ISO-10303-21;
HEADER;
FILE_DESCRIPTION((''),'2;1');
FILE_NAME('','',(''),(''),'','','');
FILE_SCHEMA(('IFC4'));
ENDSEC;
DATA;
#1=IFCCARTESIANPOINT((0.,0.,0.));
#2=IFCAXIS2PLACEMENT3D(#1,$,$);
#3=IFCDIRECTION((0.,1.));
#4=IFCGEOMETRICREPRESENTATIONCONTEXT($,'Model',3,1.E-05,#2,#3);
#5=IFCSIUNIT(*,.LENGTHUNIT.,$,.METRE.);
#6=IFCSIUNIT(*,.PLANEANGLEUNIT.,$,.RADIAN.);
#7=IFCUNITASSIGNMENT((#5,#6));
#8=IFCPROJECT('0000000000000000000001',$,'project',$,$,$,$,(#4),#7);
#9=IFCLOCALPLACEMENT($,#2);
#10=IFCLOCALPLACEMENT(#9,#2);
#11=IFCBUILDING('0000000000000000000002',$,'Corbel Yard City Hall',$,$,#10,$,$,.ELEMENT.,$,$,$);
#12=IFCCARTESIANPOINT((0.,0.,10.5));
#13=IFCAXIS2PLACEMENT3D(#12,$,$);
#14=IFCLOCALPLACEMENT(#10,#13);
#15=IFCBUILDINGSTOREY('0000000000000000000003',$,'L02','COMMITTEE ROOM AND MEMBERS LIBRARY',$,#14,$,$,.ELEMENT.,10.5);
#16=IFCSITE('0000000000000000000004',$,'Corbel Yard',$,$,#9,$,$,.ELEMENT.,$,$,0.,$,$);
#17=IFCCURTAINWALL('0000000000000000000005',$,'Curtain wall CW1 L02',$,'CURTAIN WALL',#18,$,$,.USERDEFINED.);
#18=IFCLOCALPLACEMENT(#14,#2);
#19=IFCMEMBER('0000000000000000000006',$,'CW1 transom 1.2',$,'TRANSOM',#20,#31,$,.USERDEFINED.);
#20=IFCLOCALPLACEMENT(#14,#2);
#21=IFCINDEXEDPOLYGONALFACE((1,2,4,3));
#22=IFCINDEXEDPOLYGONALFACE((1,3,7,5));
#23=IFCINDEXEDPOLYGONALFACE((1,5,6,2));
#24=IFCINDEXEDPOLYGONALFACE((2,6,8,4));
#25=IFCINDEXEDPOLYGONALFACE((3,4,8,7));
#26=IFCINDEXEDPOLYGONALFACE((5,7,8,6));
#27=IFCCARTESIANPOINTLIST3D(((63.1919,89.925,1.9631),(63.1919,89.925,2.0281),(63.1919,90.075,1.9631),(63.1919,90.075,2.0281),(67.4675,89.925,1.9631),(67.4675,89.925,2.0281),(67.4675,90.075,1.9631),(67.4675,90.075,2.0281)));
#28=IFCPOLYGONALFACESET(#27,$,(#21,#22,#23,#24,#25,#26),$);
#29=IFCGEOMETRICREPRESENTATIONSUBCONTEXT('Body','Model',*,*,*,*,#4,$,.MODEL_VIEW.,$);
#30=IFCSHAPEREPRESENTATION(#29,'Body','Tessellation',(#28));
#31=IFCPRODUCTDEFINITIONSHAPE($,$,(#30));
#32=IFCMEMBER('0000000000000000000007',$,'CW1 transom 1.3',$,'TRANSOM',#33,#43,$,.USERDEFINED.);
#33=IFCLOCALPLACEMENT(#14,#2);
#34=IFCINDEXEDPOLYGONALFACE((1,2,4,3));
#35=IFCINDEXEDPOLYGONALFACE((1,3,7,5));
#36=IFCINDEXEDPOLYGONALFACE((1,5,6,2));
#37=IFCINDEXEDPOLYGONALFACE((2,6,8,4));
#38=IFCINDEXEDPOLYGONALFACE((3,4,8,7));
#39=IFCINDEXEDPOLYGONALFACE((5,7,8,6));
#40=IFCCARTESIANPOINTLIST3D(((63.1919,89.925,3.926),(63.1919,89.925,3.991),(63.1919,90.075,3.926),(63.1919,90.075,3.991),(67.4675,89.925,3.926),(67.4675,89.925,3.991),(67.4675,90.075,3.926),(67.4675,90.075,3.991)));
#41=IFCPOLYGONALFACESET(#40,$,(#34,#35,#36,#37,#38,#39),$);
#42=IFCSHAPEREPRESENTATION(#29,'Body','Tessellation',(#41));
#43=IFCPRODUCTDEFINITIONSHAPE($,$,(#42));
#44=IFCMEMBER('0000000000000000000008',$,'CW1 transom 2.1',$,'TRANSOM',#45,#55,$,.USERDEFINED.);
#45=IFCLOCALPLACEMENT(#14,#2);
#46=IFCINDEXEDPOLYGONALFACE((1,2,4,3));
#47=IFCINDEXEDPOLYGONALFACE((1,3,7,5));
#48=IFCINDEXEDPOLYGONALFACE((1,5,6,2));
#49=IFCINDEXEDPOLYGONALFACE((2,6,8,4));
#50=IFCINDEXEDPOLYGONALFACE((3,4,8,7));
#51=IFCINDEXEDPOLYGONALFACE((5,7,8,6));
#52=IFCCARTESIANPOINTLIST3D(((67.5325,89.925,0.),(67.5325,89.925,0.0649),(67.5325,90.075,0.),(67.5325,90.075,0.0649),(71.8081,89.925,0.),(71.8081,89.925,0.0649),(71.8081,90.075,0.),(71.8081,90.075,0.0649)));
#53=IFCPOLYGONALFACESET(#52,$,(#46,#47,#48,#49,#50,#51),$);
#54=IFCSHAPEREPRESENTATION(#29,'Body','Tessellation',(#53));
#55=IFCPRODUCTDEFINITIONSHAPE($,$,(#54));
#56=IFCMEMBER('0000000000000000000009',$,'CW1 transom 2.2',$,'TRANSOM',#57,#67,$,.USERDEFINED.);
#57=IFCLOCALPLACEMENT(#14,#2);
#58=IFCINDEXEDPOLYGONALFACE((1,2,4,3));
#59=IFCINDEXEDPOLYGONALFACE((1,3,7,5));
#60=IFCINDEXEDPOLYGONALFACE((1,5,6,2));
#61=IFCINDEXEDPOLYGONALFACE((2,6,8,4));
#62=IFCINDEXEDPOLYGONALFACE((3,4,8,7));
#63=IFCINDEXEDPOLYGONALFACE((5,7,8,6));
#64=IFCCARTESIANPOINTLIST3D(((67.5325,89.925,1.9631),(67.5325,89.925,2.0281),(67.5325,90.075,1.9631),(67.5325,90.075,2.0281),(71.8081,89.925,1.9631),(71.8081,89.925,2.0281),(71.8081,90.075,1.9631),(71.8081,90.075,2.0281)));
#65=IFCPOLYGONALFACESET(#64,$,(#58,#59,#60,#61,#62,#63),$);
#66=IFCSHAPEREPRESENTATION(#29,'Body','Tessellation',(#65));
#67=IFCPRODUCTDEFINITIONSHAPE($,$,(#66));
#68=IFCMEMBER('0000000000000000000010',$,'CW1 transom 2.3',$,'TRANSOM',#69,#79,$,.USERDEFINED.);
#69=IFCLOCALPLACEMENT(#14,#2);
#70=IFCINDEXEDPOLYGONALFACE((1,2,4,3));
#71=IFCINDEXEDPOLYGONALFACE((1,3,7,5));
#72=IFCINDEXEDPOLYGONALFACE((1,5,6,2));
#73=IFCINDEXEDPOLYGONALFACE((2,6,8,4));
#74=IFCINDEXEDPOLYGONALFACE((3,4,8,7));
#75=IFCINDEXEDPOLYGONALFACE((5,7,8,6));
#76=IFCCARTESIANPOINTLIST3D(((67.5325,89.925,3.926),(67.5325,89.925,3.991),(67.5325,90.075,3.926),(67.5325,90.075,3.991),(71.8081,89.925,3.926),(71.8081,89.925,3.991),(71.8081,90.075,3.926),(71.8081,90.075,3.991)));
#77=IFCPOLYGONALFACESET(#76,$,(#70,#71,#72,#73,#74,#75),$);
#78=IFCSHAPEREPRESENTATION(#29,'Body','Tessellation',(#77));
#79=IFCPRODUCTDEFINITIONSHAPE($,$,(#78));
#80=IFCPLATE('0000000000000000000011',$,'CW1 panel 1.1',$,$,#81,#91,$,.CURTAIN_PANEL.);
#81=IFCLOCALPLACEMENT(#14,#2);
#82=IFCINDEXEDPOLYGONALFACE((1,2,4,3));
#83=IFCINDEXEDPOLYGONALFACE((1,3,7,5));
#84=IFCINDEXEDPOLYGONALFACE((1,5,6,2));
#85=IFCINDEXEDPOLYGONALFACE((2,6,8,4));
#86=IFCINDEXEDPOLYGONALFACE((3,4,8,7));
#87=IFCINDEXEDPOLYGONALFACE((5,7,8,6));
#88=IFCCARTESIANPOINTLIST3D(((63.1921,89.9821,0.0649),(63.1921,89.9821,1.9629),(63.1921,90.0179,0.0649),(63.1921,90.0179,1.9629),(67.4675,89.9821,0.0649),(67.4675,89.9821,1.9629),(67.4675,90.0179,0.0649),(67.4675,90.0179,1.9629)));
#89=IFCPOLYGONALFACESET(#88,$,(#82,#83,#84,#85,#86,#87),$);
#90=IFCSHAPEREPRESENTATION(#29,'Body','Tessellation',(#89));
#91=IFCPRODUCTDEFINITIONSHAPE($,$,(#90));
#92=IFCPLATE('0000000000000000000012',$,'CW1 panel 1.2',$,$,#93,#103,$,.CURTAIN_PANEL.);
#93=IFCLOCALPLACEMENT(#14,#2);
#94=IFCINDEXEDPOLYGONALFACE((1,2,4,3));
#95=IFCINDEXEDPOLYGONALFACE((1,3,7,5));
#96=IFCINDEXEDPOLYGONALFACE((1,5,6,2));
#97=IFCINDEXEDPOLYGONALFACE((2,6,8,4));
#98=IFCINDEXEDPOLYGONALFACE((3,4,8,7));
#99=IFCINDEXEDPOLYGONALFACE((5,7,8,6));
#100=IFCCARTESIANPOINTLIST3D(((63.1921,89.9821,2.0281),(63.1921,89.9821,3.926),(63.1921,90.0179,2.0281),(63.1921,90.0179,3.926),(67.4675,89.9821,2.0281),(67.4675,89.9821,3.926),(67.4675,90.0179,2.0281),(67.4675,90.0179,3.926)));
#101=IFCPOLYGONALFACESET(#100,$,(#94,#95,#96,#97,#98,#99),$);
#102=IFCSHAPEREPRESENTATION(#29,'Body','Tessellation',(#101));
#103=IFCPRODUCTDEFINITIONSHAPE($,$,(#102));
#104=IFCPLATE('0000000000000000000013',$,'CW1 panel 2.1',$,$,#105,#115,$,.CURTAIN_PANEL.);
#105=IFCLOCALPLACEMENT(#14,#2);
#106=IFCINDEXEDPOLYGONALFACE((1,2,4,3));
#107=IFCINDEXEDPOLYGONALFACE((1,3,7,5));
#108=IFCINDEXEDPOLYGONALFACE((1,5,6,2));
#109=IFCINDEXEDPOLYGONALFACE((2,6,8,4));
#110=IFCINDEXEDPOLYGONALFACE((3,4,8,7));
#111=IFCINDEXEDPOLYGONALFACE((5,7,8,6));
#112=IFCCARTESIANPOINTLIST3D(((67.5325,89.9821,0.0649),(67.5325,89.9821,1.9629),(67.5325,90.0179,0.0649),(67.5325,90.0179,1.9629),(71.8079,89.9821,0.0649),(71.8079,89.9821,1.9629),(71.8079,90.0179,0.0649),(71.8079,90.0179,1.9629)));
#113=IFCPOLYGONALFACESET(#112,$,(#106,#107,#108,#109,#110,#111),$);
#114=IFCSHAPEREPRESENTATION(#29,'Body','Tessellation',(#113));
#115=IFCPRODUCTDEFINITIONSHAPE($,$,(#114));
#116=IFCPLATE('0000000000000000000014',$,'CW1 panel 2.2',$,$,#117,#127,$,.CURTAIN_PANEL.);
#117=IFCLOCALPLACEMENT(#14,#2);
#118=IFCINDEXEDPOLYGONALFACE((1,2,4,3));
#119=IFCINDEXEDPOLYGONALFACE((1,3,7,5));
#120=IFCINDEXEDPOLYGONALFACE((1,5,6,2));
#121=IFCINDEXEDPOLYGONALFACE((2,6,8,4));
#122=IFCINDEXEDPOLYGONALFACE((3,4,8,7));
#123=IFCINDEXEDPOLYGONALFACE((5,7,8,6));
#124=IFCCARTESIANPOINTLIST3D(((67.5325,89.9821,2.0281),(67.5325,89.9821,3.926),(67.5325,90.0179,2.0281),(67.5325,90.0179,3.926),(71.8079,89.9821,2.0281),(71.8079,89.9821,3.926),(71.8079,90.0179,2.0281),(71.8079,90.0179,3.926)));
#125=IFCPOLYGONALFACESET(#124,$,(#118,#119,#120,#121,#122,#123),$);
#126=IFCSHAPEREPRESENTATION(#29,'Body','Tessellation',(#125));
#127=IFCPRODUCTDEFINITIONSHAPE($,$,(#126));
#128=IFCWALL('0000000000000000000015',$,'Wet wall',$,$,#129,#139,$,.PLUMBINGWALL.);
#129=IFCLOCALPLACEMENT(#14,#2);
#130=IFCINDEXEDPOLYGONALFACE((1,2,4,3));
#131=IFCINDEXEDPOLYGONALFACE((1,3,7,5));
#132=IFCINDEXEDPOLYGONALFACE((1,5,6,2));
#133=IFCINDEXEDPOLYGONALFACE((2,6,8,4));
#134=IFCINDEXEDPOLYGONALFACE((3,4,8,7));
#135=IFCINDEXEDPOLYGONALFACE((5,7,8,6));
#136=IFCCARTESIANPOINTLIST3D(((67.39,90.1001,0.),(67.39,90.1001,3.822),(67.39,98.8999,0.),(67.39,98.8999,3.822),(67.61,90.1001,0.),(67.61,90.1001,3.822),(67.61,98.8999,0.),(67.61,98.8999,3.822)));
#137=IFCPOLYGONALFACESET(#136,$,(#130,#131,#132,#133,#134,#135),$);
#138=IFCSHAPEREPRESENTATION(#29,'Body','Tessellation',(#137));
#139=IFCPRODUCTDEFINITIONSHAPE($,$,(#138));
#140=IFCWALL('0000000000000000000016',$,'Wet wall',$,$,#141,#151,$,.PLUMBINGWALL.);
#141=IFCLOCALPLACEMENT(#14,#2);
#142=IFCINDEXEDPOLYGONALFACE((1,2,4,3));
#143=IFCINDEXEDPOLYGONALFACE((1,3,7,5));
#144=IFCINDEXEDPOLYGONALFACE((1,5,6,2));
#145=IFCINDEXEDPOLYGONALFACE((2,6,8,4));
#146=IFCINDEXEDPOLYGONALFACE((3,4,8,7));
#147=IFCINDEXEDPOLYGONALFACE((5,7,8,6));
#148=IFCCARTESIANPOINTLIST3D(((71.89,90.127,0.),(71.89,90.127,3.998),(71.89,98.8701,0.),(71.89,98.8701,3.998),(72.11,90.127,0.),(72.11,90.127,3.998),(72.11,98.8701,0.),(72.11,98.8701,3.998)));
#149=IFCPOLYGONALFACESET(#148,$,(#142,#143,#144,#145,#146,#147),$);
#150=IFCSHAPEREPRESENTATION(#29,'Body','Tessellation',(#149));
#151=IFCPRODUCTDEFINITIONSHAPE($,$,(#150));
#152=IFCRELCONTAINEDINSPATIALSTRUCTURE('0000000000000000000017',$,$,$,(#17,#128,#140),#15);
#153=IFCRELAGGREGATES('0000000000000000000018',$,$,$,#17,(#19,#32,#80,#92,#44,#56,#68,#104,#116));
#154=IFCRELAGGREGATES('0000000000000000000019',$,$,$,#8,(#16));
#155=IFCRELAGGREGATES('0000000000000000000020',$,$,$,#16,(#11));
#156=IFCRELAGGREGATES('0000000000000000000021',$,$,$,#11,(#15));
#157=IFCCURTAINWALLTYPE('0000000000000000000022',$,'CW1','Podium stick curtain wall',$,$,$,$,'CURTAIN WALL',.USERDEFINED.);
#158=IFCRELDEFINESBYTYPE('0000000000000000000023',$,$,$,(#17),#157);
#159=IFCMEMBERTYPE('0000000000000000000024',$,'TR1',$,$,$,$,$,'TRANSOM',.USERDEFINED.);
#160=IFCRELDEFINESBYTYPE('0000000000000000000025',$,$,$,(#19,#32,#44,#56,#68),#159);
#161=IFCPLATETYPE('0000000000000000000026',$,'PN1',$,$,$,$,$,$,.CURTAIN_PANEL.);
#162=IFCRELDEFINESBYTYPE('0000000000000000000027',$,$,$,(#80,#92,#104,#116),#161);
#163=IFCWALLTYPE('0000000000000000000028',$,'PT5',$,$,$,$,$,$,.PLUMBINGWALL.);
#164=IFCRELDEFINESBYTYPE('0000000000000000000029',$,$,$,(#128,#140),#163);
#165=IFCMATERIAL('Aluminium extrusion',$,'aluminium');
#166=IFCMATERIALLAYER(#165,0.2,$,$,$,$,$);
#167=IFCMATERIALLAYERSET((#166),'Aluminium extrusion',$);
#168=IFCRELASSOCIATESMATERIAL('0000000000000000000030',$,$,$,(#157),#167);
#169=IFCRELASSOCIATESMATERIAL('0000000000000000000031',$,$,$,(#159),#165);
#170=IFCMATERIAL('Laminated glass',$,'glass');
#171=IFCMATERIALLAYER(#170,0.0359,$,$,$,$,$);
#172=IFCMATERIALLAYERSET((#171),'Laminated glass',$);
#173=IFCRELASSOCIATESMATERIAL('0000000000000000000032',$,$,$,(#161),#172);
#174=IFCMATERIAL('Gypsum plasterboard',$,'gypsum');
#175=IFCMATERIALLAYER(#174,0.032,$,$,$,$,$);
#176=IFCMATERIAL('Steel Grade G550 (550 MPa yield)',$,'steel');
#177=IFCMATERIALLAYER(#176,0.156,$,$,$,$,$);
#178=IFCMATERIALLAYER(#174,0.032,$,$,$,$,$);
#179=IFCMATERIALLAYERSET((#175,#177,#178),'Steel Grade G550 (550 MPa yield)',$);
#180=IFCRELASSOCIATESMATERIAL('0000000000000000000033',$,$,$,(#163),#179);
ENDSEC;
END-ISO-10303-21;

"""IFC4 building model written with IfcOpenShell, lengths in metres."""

from ifc_helpers import new_model, si_unit, direction, frame, frame_2d, origin, origin_2d, place, context, subcontext, project, spatial, rectangle, extrude, material, layer, layer_set, material_profile, profile_set, type_object, element, aggregate, save


model = new_model("IFC4")

# Units and contexts
model_context = context("Model", 3, precision=1e-05, world=origin(), true_north=direction((0.0, 1.0)))
body_context = subcontext(model_context, "Body", "Model", "MODEL_VIEW")
ifc_project = project(units=[si_unit("LENGTHUNIT", "METRE"), si_unit("PLANEANGLEUNIT", "RADIAN")], contexts=[model_context])

# Site, building, storey
site_placement = place(None, origin())
site = spatial("IfcSite", under=ifc_project, at=site_placement, Name="Corbel Yard", CompositionType="ELEMENT", RefElevation=0.0)
building_placement = place(site_placement, origin())
building = spatial("IfcBuilding", under=site, at=building_placement, Name="Corbel Yard City Hall", CompositionType="ELEMENT")
storey_placement = place(building_placement, frame((0.0, 0.0, 10.5)))
storey = spatial("IfcBuildingStorey", under=building, at=storey_placement, Name="L02", Description="COMMITTEE ROOM AND MEMBERS LIBRARY", CompositionType="ELEMENT", Elevation=10.5)

# Curtain wall
ifc_material_1 = material(Name="Aluminium extrusion", Category="aluminium")
ifc_layer_1 = layer(ifc_material_1, 0.2)
ifc_layer_set_1 = layer_set([ifc_layer_1], Name="Aluminium extrusion")
curtain_wall_type = type_object("IfcCurtainWallType", Name="CW1", Description="Podium stick curtain wall", ElementType="CURTAIN WALL", PredefinedType="USERDEFINED", material=ifc_layer_set_1)
curtain_wall_placement = place(storey_placement, origin())
curtain_wall = element("IfcCurtainWall", 1, at=curtain_wall_placement, inside=storey, type_object=curtain_wall_type, Name="Curtain wall CW1 L02", ObjectType="CURTAIN WALL", PredefinedType="USERDEFINED")

# Members
ifc_material_profile_1 = material_profile(ifc_material_1, rectangle(XDim=0.1499, YDim=0.0649, at=origin_2d()), Name="150x65")
ifc_profile_set_1 = profile_set([ifc_material_profile_1], Name="Aluminium extrusion")
member_type_1 = type_object("IfcMemberType", Name="TR1", ElementType="TRANSOM", PredefinedType="USERDEFINED", material=ifc_profile_set_1)
member_1_placement = place(storey_placement, frame((63.1919, 90.0, 1.9956), z_axis=(1.0, 0.0, 0.0), x_axis=(0.0, 1.0, 0.0)))
member_1 = element("IfcMember", 2, at=member_1_placement, type_object=member_type_1, Name="CW1 transom 1.2", ObjectType="TRANSOM", PredefinedType="USERDEFINED", context=body_context, shape_type="SweptSolid", body=[
    extrude(rectangle(XDim=0.1499, YDim=0.0649, at=origin_2d()), origin(), (0.0, 0.0, 1.0), 4.2756),
])
member_2_placement = place(storey_placement, frame((63.1919, 90.0, 3.9585), z_axis=(1.0, 0.0, 0.0), x_axis=(0.0, 1.0, 0.0)))
member_2 = element("IfcMember", 3, at=member_2_placement, type_object=member_type_1, Name="CW1 transom 1.3", ObjectType="TRANSOM", PredefinedType="USERDEFINED", context=body_context, shape_type="SweptSolid", body=[
    extrude(rectangle(XDim=0.1499, YDim=0.0649, at=origin_2d()), origin(), (0.0, 0.0, 1.0), 4.2756),
])
member_3_placement = place(storey_placement, frame((67.5325, 90.0, 0.0325), z_axis=(1.0, 0.0, 0.0), x_axis=(0.0, 1.0, 0.0)))
member_3 = element("IfcMember", 4, at=member_3_placement, type_object=member_type_1, Name="CW1 transom 2.1", ObjectType="TRANSOM", PredefinedType="USERDEFINED", context=body_context, shape_type="SweptSolid", body=[
    extrude(rectangle(XDim=0.1499, YDim=0.0649, at=origin_2d()), origin(), (0.0, 0.0, 1.0), 4.2756),
])
member_4_placement = place(storey_placement, frame((67.5325, 90.0, 1.9956), z_axis=(1.0, 0.0, 0.0), x_axis=(0.0, 1.0, 0.0)))
member_4 = element("IfcMember", 5, at=member_4_placement, type_object=member_type_1, Name="CW1 transom 2.2", ObjectType="TRANSOM", PredefinedType="USERDEFINED", context=body_context, shape_type="SweptSolid", body=[
    extrude(rectangle(XDim=0.1499, YDim=0.0649, at=origin_2d()), origin(), (0.0, 0.0, 1.0), 4.2756),
])
member_5_placement = place(storey_placement, frame((67.5325, 90.0, 3.9585), z_axis=(1.0, 0.0, 0.0), x_axis=(0.0, 1.0, 0.0)))
member_5 = element("IfcMember", 6, at=member_5_placement, type_object=member_type_1, Name="CW1 transom 2.3", ObjectType="TRANSOM", PredefinedType="USERDEFINED", context=body_context, shape_type="SweptSolid", body=[
    extrude(rectangle(XDim=0.1499, YDim=0.0649, at=origin_2d()), origin(), (0.0, 0.0, 1.0), 4.2756),
])

# Plates
ifc_material_2 = material(Name="Laminated glass", Category="glass")
ifc_layer_2 = layer(ifc_material_2, 0.0359)
ifc_layer_set_2 = layer_set([ifc_layer_2], Name="Laminated glass")
plate_type = type_object("IfcPlateType", Name="PN1", PredefinedType="CURTAIN_PANEL", material=ifc_layer_set_2)
plate_1_placement = place(storey_placement, frame((65.3298, 90.0, 0.0649), z_axis=(0.0, 0.0, 1.0), x_axis=(1.0, 0.0, 0.0)))
plate_1 = element("IfcPlate", 7, at=plate_1_placement, type_object=plate_type, Name="CW1 panel 1.1", PredefinedType="CURTAIN_PANEL", context=body_context, shape_type="SweptSolid", body=[
    extrude(rectangle(XDim=4.2754, YDim=0.0359, at=origin_2d()), origin(), (0.0, 0.0, 1.0), 1.8979),
])
plate_2_placement = place(storey_placement, frame((65.3298, 90.0, 2.0281), z_axis=(0.0, 0.0, 1.0), x_axis=(1.0, 0.0, 0.0)))
plate_2 = element("IfcPlate", 8, at=plate_2_placement, type_object=plate_type, Name="CW1 panel 1.2", PredefinedType="CURTAIN_PANEL", context=body_context, shape_type="SweptSolid", body=[
    extrude(rectangle(XDim=4.2754, YDim=0.0359, at=origin_2d()), origin(), (0.0, 0.0, 1.0), 1.8979),
])
plate_3_placement = place(storey_placement, frame((69.6702, 90.0, 0.0649), z_axis=(0.0, 0.0, 1.0), x_axis=(1.0, 0.0, 0.0)))
plate_3 = element("IfcPlate", 9, at=plate_3_placement, type_object=plate_type, Name="CW1 panel 2.1", PredefinedType="CURTAIN_PANEL", context=body_context, shape_type="SweptSolid", body=[
    extrude(rectangle(XDim=4.2754, YDim=0.0359, at=origin_2d()), origin(), (0.0, 0.0, 1.0), 1.8979),
])
plate_4_placement = place(storey_placement, frame((69.6702, 90.0, 2.0281), z_axis=(0.0, 0.0, 1.0), x_axis=(1.0, 0.0, 0.0)))
plate_4 = element("IfcPlate", 10, at=plate_4_placement, type_object=plate_type, Name="CW1 panel 2.2", PredefinedType="CURTAIN_PANEL", context=body_context, shape_type="SweptSolid", body=[
    extrude(rectangle(XDim=4.2754, YDim=0.0359, at=origin_2d()), origin(), (0.0, 0.0, 1.0), 1.8979),
])
aggregate(curtain_wall, [member_1, member_2, plate_1, plate_2, member_3, member_4, member_5, plate_3, plate_4])

# Walls
ifc_material_3 = material(Name="Gypsum plasterboard", Category="gypsum")
ifc_layer_3 = layer(ifc_material_3, 0.032)
ifc_material_4 = material(Name="Steel Grade G550 (550 MPa yield)", Category="steel")
ifc_layer_4 = layer(ifc_material_4, 0.156)
ifc_layer_5 = layer(ifc_material_3, 0.032)
ifc_layer_set_3 = layer_set([ifc_layer_3, ifc_layer_4, ifc_layer_5], Name="Steel Grade G550 (550 MPa yield)")
wall_type = type_object("IfcWallType", Name="PT5", PredefinedType="PLUMBINGWALL", material=ifc_layer_set_3)
wall_1_placement = place(storey_placement, frame((67.5, 90.1001, 0.0), z_axis=(0.0, 0.0, 1.0), x_axis=(0.0, 1.0, 0.0)))
element("IfcWall", 11, at=wall_1_placement, inside=storey, type_object=wall_type, Name="Wet wall", PredefinedType="PLUMBINGWALL", context=body_context, shape_type="SweptSolid", body=[
    extrude(rectangle(XDim=8.7998, YDim=0.22, at=frame_2d((4.3999, 0.0))), origin(), (0.0, 0.0, 1.0), 3.822),
])
wall_2_placement = place(storey_placement, frame((72.0, 90.127, 0.0), z_axis=(0.0, 0.0, 1.0), x_axis=(0.0, 1.0, 0.0)))
element("IfcWall", 12, at=wall_2_placement, inside=storey, type_object=wall_type, Name="Wet wall", PredefinedType="PLUMBINGWALL", context=body_context, shape_type="SweptSolid", body=[
    extrude(rectangle(XDim=8.7432, YDim=0.22, at=frame_2d((4.3716, 0.0))), origin(), (0.0, 0.0, 1.0), 3.998),
])

save(model, "model.ifc")
